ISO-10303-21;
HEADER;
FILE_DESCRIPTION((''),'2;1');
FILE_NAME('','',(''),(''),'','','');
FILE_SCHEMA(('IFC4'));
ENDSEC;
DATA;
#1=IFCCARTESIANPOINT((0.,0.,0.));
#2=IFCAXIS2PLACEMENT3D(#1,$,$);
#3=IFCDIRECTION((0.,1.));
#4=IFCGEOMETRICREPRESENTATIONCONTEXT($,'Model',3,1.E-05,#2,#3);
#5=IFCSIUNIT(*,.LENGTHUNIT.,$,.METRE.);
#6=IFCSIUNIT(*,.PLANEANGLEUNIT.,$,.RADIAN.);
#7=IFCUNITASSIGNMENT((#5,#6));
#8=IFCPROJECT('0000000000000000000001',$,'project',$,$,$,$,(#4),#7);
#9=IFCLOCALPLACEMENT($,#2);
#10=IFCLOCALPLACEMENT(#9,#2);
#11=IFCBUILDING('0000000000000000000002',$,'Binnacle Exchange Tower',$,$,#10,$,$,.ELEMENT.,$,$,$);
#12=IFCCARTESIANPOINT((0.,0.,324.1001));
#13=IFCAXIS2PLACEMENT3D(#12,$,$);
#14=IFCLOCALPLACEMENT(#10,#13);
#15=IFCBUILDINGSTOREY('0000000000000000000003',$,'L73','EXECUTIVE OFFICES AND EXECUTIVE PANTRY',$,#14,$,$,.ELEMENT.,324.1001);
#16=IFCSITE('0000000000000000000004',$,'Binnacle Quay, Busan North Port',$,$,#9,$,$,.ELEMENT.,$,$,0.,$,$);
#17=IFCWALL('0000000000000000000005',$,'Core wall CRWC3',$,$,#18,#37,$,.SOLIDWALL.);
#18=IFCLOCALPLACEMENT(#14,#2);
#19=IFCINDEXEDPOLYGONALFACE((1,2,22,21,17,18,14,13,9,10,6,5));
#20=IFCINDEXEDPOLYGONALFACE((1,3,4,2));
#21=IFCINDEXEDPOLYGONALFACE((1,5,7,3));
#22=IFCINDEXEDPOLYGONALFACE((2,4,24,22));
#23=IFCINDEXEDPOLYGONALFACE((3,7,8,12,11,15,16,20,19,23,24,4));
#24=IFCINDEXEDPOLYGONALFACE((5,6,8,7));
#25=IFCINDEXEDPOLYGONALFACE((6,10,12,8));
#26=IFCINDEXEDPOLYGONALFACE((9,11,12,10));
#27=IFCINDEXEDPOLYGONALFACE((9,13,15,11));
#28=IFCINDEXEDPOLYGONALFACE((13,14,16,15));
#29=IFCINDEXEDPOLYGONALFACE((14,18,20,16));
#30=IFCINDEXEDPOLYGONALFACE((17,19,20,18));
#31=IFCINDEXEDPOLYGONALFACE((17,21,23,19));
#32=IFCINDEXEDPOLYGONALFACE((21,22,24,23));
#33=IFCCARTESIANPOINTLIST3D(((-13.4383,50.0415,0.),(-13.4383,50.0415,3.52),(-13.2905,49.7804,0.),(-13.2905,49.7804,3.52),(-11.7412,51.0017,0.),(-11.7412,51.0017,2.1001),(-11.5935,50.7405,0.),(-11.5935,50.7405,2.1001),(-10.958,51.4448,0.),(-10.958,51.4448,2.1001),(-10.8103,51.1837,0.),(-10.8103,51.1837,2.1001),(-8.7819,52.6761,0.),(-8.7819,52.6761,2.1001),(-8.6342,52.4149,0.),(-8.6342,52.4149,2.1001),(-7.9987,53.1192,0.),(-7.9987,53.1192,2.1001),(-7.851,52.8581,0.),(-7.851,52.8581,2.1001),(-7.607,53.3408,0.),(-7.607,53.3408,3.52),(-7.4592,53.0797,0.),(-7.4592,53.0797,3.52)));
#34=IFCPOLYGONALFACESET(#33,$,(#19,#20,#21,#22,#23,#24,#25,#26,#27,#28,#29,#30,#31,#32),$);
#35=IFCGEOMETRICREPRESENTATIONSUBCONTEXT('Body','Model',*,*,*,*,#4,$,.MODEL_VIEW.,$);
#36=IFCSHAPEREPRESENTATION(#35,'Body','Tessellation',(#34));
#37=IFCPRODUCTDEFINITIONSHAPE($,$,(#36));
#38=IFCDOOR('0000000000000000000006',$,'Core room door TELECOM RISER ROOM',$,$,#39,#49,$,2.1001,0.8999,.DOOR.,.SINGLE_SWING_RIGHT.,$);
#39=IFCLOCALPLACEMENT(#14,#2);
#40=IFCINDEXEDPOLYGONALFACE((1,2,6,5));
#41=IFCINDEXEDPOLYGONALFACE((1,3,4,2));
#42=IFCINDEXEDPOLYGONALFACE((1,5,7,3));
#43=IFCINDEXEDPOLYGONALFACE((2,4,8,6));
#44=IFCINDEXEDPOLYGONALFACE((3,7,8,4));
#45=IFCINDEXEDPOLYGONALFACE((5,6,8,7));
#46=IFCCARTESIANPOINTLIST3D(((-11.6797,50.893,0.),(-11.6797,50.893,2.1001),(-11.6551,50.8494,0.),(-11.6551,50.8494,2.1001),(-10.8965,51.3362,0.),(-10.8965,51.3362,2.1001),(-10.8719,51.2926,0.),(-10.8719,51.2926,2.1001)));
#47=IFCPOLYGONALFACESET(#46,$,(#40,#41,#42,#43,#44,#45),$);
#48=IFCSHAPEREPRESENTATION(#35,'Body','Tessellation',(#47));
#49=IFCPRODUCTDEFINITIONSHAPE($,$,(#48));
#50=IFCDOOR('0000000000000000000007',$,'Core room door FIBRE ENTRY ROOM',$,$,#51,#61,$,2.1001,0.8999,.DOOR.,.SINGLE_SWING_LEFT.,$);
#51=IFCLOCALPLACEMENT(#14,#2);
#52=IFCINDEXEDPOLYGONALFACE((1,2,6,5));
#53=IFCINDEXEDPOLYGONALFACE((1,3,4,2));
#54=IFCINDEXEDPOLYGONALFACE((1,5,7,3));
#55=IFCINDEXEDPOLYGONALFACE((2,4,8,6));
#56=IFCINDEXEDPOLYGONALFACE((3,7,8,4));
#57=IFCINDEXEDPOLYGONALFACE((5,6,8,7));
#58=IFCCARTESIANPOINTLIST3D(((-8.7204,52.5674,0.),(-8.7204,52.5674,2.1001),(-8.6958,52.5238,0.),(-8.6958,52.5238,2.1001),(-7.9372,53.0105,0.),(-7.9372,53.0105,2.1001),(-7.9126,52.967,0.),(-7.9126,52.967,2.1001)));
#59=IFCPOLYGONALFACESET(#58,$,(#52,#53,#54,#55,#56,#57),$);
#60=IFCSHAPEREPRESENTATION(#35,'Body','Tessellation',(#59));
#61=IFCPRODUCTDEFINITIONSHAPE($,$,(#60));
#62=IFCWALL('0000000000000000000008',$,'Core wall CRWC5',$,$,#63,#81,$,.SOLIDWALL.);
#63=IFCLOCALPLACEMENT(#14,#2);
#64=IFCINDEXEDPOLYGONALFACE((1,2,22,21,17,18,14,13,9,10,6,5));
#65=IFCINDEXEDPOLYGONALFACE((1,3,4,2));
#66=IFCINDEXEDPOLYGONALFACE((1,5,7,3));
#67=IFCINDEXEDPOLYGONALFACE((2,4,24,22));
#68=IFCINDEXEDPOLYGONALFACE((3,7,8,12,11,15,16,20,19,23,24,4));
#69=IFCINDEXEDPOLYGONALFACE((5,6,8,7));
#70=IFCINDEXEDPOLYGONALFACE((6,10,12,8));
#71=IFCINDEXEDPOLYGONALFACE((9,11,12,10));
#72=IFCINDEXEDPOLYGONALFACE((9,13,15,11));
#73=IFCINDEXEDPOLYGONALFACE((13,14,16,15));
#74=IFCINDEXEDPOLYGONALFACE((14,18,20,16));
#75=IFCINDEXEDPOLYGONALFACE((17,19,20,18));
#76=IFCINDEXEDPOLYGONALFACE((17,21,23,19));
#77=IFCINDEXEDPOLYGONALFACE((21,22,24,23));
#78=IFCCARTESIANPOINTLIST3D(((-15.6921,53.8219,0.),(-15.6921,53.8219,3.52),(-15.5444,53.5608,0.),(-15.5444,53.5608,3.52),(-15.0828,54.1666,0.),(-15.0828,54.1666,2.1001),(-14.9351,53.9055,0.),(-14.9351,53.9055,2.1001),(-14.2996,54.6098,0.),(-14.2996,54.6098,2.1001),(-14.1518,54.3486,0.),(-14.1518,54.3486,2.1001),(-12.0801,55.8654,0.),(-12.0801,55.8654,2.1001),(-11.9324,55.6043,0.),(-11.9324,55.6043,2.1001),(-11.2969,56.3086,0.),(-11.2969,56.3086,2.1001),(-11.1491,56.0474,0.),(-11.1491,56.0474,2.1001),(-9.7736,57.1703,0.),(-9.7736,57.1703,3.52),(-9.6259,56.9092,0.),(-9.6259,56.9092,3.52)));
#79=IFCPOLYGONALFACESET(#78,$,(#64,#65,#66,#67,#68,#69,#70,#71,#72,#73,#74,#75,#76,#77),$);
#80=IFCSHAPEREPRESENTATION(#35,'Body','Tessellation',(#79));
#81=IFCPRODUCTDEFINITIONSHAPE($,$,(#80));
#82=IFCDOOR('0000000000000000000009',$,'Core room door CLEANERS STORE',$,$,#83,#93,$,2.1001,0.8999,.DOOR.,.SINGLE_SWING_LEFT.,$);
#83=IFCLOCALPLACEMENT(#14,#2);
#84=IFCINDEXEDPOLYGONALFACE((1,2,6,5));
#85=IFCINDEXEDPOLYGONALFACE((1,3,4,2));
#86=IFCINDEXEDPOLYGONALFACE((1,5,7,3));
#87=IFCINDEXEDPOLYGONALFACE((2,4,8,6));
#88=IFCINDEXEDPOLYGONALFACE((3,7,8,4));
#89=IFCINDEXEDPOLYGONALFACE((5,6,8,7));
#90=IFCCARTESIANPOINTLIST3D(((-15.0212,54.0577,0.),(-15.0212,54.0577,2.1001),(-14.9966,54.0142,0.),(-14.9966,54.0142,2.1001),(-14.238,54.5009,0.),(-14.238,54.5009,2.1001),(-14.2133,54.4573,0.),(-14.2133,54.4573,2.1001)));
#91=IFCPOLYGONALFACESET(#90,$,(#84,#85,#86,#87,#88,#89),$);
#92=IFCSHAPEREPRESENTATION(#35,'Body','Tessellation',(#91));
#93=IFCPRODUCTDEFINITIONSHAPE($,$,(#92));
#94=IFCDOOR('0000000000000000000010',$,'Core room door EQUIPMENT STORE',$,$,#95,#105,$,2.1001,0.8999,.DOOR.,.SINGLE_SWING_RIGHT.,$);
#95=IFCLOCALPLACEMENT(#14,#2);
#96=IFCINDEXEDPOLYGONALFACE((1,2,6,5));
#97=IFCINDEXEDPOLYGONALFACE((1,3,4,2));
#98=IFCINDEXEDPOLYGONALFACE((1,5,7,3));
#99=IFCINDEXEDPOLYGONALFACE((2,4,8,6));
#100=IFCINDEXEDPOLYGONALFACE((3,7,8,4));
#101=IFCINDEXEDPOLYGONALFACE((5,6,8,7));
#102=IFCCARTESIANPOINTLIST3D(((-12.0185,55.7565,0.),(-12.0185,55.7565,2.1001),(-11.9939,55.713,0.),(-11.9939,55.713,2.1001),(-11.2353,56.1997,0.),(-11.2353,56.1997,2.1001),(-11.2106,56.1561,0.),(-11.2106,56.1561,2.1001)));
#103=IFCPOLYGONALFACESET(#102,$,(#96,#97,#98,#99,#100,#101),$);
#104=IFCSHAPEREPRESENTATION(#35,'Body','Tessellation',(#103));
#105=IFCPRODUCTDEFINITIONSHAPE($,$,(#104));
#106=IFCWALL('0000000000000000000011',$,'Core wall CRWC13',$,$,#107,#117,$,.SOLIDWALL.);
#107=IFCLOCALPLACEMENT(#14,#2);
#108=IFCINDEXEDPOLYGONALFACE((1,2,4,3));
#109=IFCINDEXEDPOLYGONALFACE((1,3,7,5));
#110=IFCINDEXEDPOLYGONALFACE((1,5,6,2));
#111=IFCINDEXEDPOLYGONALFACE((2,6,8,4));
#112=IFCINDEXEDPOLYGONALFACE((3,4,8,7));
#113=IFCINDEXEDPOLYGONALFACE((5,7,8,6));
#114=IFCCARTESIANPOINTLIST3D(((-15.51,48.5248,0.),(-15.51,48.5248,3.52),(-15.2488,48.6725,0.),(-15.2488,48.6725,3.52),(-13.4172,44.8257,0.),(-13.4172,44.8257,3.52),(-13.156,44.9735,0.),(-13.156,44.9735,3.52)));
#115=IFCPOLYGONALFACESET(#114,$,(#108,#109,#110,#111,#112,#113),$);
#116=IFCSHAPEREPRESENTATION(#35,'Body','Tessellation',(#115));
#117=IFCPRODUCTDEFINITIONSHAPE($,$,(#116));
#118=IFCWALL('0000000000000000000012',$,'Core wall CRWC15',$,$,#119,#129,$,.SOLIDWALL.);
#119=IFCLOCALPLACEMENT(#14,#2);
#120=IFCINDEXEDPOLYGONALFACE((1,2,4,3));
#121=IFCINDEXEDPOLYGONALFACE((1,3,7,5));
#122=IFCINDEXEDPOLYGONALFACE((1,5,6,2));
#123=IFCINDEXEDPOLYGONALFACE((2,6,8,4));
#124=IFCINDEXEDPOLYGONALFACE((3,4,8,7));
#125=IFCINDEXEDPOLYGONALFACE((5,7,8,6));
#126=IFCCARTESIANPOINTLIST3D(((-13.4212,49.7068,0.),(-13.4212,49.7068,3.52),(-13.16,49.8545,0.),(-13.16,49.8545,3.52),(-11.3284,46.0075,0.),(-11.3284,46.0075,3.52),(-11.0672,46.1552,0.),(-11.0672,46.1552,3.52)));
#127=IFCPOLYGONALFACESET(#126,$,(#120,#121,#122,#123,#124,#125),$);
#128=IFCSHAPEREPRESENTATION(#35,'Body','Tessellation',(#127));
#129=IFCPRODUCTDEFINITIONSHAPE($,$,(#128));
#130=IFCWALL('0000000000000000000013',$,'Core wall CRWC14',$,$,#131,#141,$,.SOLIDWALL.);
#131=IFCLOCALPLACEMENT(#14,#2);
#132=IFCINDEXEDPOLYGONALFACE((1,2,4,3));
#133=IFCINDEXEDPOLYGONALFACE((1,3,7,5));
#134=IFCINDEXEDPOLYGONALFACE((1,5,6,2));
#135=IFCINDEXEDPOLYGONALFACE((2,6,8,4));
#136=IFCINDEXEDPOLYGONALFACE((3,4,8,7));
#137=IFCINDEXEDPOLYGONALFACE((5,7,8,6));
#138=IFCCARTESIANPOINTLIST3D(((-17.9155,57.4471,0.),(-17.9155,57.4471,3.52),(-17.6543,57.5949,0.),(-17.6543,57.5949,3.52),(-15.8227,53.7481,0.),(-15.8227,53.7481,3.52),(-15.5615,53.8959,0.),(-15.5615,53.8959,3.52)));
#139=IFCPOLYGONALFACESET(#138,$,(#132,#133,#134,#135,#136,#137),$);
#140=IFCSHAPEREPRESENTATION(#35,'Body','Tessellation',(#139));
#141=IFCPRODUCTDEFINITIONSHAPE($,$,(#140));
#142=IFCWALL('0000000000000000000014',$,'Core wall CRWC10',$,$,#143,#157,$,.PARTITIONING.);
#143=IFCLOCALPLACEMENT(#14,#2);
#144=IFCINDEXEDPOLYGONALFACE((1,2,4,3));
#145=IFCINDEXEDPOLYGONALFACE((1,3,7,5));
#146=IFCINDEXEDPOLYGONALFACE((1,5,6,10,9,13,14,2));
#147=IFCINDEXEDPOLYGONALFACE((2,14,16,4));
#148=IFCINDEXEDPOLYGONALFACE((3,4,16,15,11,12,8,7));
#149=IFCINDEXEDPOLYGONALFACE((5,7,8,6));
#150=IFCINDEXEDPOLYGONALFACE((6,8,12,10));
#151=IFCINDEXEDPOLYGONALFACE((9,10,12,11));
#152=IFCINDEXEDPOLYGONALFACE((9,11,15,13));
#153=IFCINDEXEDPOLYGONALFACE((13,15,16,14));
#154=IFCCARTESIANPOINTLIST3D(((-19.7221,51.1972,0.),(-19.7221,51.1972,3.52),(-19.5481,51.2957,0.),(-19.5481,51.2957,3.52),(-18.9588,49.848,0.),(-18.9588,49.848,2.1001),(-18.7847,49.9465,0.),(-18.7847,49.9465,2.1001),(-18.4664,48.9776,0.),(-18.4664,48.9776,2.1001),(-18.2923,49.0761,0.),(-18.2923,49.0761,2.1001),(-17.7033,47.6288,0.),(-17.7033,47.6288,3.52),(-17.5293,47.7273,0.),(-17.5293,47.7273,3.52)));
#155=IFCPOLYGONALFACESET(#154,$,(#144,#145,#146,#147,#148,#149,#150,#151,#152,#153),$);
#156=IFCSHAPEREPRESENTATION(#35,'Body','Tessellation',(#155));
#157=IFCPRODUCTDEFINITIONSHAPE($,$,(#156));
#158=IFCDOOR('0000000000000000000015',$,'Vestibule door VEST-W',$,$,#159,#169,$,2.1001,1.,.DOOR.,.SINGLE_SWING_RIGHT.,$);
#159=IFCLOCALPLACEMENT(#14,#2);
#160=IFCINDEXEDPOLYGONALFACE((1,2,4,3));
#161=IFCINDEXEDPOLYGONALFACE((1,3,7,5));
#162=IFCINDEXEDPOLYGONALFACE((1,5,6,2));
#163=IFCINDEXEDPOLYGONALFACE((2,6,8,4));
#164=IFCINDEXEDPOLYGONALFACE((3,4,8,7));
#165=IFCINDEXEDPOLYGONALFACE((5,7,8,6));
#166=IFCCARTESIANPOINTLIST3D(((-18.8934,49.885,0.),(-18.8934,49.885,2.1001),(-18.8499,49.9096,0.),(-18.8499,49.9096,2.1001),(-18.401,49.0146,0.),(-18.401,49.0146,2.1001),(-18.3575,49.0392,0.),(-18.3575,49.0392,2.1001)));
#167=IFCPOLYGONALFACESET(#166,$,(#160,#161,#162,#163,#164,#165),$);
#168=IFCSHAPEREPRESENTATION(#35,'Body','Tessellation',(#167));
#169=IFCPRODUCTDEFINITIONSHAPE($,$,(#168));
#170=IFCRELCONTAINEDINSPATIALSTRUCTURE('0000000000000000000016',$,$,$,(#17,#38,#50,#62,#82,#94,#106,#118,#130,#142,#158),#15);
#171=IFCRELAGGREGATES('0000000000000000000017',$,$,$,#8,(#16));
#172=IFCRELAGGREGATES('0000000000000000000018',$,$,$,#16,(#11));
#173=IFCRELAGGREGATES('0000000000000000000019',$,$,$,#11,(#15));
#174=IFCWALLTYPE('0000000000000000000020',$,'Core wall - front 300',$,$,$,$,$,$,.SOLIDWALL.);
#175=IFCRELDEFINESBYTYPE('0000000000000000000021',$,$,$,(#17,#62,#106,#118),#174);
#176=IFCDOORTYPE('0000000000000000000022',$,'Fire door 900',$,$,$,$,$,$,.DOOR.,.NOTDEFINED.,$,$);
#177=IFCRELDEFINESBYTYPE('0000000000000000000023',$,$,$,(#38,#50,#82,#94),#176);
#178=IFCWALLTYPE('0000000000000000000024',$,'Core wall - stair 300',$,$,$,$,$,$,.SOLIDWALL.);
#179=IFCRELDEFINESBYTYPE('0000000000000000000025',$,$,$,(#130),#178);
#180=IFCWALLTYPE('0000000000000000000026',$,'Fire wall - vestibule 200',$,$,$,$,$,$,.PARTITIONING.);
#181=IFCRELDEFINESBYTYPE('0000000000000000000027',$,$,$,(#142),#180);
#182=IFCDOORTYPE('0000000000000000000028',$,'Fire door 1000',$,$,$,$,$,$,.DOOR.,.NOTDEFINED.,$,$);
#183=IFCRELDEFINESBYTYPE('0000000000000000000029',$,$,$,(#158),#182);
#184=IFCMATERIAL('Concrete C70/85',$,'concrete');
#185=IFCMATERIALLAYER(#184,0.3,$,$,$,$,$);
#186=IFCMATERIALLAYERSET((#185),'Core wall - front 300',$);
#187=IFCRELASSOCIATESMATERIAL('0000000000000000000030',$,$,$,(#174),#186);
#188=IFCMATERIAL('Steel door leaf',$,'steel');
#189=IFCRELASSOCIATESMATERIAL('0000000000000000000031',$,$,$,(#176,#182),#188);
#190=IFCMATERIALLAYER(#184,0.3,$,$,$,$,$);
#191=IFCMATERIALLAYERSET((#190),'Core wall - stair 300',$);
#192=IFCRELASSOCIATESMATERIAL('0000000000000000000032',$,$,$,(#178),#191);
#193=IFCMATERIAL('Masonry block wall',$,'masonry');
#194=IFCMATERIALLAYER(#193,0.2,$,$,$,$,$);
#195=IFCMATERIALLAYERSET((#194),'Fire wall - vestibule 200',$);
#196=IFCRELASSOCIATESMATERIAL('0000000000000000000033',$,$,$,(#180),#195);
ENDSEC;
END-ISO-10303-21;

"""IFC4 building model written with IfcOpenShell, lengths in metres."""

from ifc_helpers import new_model, si_unit, direction, frame, frame_2d, origin, place, context, subcontext, project, spatial, rectangle, extrude, material, layer, layer_set, type_object, element, fill, save


model = new_model("IFC4")

# Units and contexts
model_context = context("Model", 3, precision=1e-05, world=origin(), true_north=direction((0.0, 1.0)))
body_context = subcontext(model_context, "Body", "Model", "MODEL_VIEW")
ifc_project = project(units=[si_unit("LENGTHUNIT", "METRE"), si_unit("PLANEANGLEUNIT", "RADIAN")], contexts=[model_context])

# Site, building, storey
site_placement = place(None, origin())
site = spatial("IfcSite", under=ifc_project, at=site_placement, Name="Binnacle Quay, Busan North Port", CompositionType="ELEMENT", RefElevation=0.0)
building_placement = place(site_placement, origin())
building = spatial("IfcBuilding", under=site, at=building_placement, Name="Binnacle Exchange Tower", CompositionType="ELEMENT")
storey_placement = place(building_placement, frame((0.0, 0.0, 324.1001)))
storey = spatial("IfcBuildingStorey", under=building, at=storey_placement, Name="L73", Description="EXECUTIVE OFFICES AND EXECUTIVE PANTRY", CompositionType="ELEMENT", Elevation=324.1001)

# Walls, openings, doors
ifc_material_1 = material(Name="Concrete C70/85", Category="concrete")
ifc_layer_1 = layer(ifc_material_1, 0.3)
ifc_layer_set_1 = layer_set([ifc_layer_1], Name="Core wall - front 300")
wall_type_1 = type_object("IfcWallType", Name="Core wall - front 300", PredefinedType="SOLIDWALL", material=ifc_layer_set_1)
wall_1_placement = place(storey_placement, frame((-13.3645, 49.9109, 0.0), z_axis=(0.0, 0.0, 1.0), x_axis=(0.870348, 0.492438, 0.0)))
wall_1 = element("IfcWall", 1, at=wall_1_placement, inside=storey, type_object=wall_type_1, Name="Core wall CRWC3", PredefinedType="SOLIDWALL", context=body_context, shape_type="SweptSolid", body=[
    extrude(rectangle(XDim=6.7, YDim=0.3, at=frame_2d((3.3501, 0.0))), origin(), (0.0, 0.0, 1.0), 3.52),
])
opening_1_placement = place(wall_1_placement, frame((1.95, 0.0, 0.0)))
opening_1 = element("IfcOpeningElement", 2, at=opening_1_placement, cuts=wall_1, PredefinedType="OPENING", context=body_context, shape_type="SweptSolid", body=[
    extrude(rectangle(XDim=0.8999, YDim=2.1001, at=frame_2d((0.45, 1.05))), frame((0.0, 0.1599, 0.0), z_axis=(0.0, -1.0, 0.0), x_axis=(1.0, 0.0, 0.0)), (0.0, 0.0, 1.0), 0.3201),
])
opening_2_placement = place(wall_1_placement, frame((5.3501, 0.0, 0.0)))
opening_2 = element("IfcOpeningElement", 3, at=opening_2_placement, cuts=wall_1, PredefinedType="OPENING", context=body_context, shape_type="SweptSolid", body=[
    extrude(rectangle(XDim=0.8999, YDim=2.1001, at=frame_2d((0.45, 1.05))), frame((0.0, 0.1599, 0.0), z_axis=(0.0, -1.0, 0.0), x_axis=(1.0, 0.0, 0.0)), (0.0, 0.0, 1.0), 0.3201),
])
ifc_material_2 = material(Name="Steel door leaf", Category="steel")
door_type_1 = type_object("IfcDoorType", Name="Fire door 900", OperationType="NOTDEFINED", PredefinedType="DOOR", material=ifc_material_2)
door_1_placement = place(opening_1_placement, frame((0.8999, 0.0, 0.0), z_axis=(0.0, 0.0, 1.0), x_axis=(-1.0, 0.0, 0.0)))
door_1 = element("IfcDoor", 4, at=door_1_placement, inside=storey, type_object=door_type_1, Name="Core room door TELECOM RISER ROOM", OperationType="SINGLE_SWING_RIGHT", OverallHeight=2.1001, OverallWidth=0.8999, PredefinedType="DOOR", context=body_context, shape_type="SweptSolid", body=[
    extrude(rectangle(XDim=0.8999, YDim=2.1001, at=frame_2d((0.45, 1.05))), frame((0.0, 0.0249, 0.0), z_axis=(0.0, -1.0, 0.0), x_axis=(1.0, 0.0, 0.0)), (0.0, 0.0, 1.0), 0.05),
])
fill(opening_1, door_1)
door_2_placement = place(opening_2_placement, frame((0.8999, 0.0, 0.0), z_axis=(0.0, 0.0, 1.0), x_axis=(-1.0, 0.0, 0.0)))
door_2 = element("IfcDoor", 5, at=door_2_placement, inside=storey, type_object=door_type_1, Name="Core room door FIBRE ENTRY ROOM", OperationType="SINGLE_SWING_LEFT", OverallHeight=2.1001, OverallWidth=0.8999, PredefinedType="DOOR", context=body_context, shape_type="SweptSolid", body=[
    extrude(rectangle(XDim=0.8999, YDim=2.1001, at=frame_2d((0.45, 1.05))), frame((0.0, 0.0249, 0.0), z_axis=(0.0, -1.0, 0.0), x_axis=(1.0, 0.0, 0.0)), (0.0, 0.0, 1.0), 0.05),
])
fill(opening_2, door_2)
wall_2_placement = place(storey_placement, frame((-15.6182, 53.6914, 0.0), z_axis=(0.0, 0.0, 1.0), x_axis=(0.870363, 0.492411, 0.0)))
wall_2 = element("IfcWall", 6, at=wall_2_placement, inside=storey, type_object=wall_type_1, Name="Core wall CRWC5", PredefinedType="SOLIDWALL", context=body_context, shape_type="SweptSolid", body=[
    extrude(rectangle(XDim=6.8, YDim=0.3, at=frame_2d((3.3999, 0.0))), origin(), (0.0, 0.0, 1.0), 3.52),
])
opening_3_placement = place(wall_2_placement, frame((0.7, 0.0, 0.0)))
opening_3 = element("IfcOpeningElement", 7, at=opening_3_placement, cuts=wall_2, PredefinedType="OPENING", context=body_context, shape_type="SweptSolid", body=[
    extrude(rectangle(XDim=0.8999, YDim=2.1001, at=frame_2d((0.45, 1.05))), frame((0.0, 0.1599, 0.0), z_axis=(0.0, -1.0, 0.0), x_axis=(1.0, 0.0, 0.0)), (0.0, 0.0, 1.0), 0.3201),
])
opening_4_placement = place(wall_2_placement, frame((4.1499, 0.0, 0.0)))
opening_4 = element("IfcOpeningElement", 8, at=opening_4_placement, cuts=wall_2, PredefinedType="OPENING", context=body_context, shape_type="SweptSolid", body=[
    extrude(rectangle(XDim=0.8999, YDim=2.1001, at=frame_2d((0.45, 1.05))), frame((0.0, 0.1599, 0.0), z_axis=(0.0, -1.0, 0.0), x_axis=(1.0, 0.0, 0.0)), (0.0, 0.0, 1.0), 0.3201),
])
door_3_placement = place(opening_3_placement, origin())
door_3 = element("IfcDoor", 9, at=door_3_placement, inside=storey, type_object=door_type_1, Name="Core room door CLEANERS STORE", OperationType="SINGLE_SWING_LEFT", OverallHeight=2.1001, OverallWidth=0.8999, PredefinedType="DOOR", context=body_context, shape_type="SweptSolid", body=[
    extrude(rectangle(XDim=0.8999, YDim=2.1001, at=frame_2d((0.45, 1.05))), frame((0.0, 0.0249, 0.0), z_axis=(0.0, -1.0, 0.0), x_axis=(1.0, 0.0, 0.0)), (0.0, 0.0, 1.0), 0.05),
])
fill(opening_3, door_3)
door_4_placement = place(opening_4_placement, origin())
door_4 = element("IfcDoor", 10, at=door_4_placement, inside=storey, type_object=door_type_1, Name="Core room door EQUIPMENT STORE", OperationType="SINGLE_SWING_RIGHT", OverallHeight=2.1001, OverallWidth=0.8999, PredefinedType="DOOR", context=body_context, shape_type="SweptSolid", body=[
    extrude(rectangle(XDim=0.8999, YDim=2.1001, at=frame_2d((0.45, 1.05))), frame((0.0, 0.0249, 0.0), z_axis=(0.0, -1.0, 0.0), x_axis=(1.0, 0.0, 0.0)), (0.0, 0.0, 1.0), 0.05),
])
fill(opening_4, door_4)

# Walls
wall_3_placement = place(storey_placement, frame((-15.3794, 48.5986, 0.0), z_axis=(0.0, 0.0, 1.0), x_axis=(0.492423, -0.870356, 0.0)))
element("IfcWall", 11, at=wall_3_placement, inside=storey, type_object=wall_type_1, Name="Core wall CRWC13", PredefinedType="SOLIDWALL", context=body_context, shape_type="SweptSolid", body=[
    extrude(rectangle(XDim=4.25, YDim=0.3, at=frame_2d((2.125, 0.0))), origin(), (0.0, 0.0, 1.0), 3.52),
])
wall_4_placement = place(storey_placement, frame((-13.2905, 49.7805, 0.0), z_axis=(0.0, 0.0, 1.0), x_axis=(0.492398, -0.87037, 0.0)))
element("IfcWall", 12, at=wall_4_placement, inside=storey, type_object=wall_type_1, Name="Core wall CRWC15", PredefinedType="SOLIDWALL", context=body_context, shape_type="SweptSolid", body=[
    extrude(rectangle(XDim=4.2502, YDim=0.3, at=frame_2d((2.125, 0.0))), origin(), (0.0, 0.0, 1.0), 3.52),
])
ifc_layer_2 = layer(ifc_material_1, 0.3)
ifc_layer_set_2 = layer_set([ifc_layer_2], Name="Core wall - stair 300")
wall_type_2 = type_object("IfcWallType", Name="Core wall - stair 300", PredefinedType="SOLIDWALL", material=ifc_layer_set_2)
wall_5_placement = place(storey_placement, frame((-17.7849, 57.521, 0.0), z_axis=(0.0, 0.0, 1.0), x_axis=(0.492423, -0.870356, 0.0)))
element("IfcWall", 13, at=wall_5_placement, inside=storey, type_object=wall_type_2, Name="Core wall CRWC14", PredefinedType="SOLIDWALL", context=body_context, shape_type="SweptSolid", body=[
    extrude(rectangle(XDim=4.25, YDim=0.3, at=frame_2d((2.125, 0.0))), origin(), (0.0, 0.0, 1.0), 3.52),
])

# Wall, opening, door
ifc_material_3 = material(Name="Masonry block wall", Category="masonry")
ifc_layer_3 = layer(ifc_material_3, 0.2)
ifc_layer_set_3 = layer_set([ifc_layer_3], Name="Fire wall - vestibule 200")
wall_type_3 = type_object("IfcWallType", Name="Fire wall - vestibule 200", PredefinedType="PARTITIONING", material=ifc_layer_set_3)
wall_6_placement = place(storey_placement, frame((-19.635, 51.2463, 0.0), z_axis=(0.0, 0.0, 1.0), x_axis=(0.492408, -0.870364, 0.0)))
wall_6 = element("IfcWall", 14, at=wall_6_placement, inside=storey, type_object=wall_type_3, Name="Core wall CRWC10", PredefinedType="PARTITIONING", context=body_context, shape_type="SweptSolid", body=[
    extrude(rectangle(XDim=4.0999, YDim=0.2, at=frame_2d((2.0498, 0.0))), origin(), (0.0, 0.0, 1.0), 3.52),
])
opening_5_placement = place(wall_6_placement, frame((1.55, 0.0, 0.0)))
opening_5 = element("IfcOpeningElement", 15, at=opening_5_placement, cuts=wall_6, PredefinedType="OPENING", context=body_context, shape_type="SweptSolid", body=[
    extrude(rectangle(XDim=1.0, YDim=2.1001, at=frame_2d((0.5, 1.05))), frame((0.0, 0.1099, 0.0), z_axis=(0.0, -1.0, 0.0), x_axis=(1.0, 0.0, 0.0)), (0.0, 0.0, 1.0), 0.22),
])
door_type_2 = type_object("IfcDoorType", Name="Fire door 1000", OperationType="NOTDEFINED", PredefinedType="DOOR", material=ifc_material_2)
door_5_placement = place(opening_5_placement, frame((1.0, 0.0, 0.0), z_axis=(0.0, 0.0, 1.0), x_axis=(-1.0, 0.0, 0.0)))
door_5 = element("IfcDoor", 16, at=door_5_placement, inside=storey, type_object=door_type_2, Name="Vestibule door VEST-W", OperationType="SINGLE_SWING_RIGHT", OverallHeight=2.1001, OverallWidth=1.0, PredefinedType="DOOR", context=body_context, shape_type="SweptSolid", body=[
    extrude(rectangle(XDim=1.0, YDim=2.1001, at=frame_2d((0.5, 1.05))), frame((0.0, 0.0249, 0.0), z_axis=(0.0, -1.0, 0.0), x_axis=(1.0, 0.0, 0.0)), (0.0, 0.0, 1.0), 0.05),
])
fill(opening_5, door_5)

save(model, "model.ifc")
